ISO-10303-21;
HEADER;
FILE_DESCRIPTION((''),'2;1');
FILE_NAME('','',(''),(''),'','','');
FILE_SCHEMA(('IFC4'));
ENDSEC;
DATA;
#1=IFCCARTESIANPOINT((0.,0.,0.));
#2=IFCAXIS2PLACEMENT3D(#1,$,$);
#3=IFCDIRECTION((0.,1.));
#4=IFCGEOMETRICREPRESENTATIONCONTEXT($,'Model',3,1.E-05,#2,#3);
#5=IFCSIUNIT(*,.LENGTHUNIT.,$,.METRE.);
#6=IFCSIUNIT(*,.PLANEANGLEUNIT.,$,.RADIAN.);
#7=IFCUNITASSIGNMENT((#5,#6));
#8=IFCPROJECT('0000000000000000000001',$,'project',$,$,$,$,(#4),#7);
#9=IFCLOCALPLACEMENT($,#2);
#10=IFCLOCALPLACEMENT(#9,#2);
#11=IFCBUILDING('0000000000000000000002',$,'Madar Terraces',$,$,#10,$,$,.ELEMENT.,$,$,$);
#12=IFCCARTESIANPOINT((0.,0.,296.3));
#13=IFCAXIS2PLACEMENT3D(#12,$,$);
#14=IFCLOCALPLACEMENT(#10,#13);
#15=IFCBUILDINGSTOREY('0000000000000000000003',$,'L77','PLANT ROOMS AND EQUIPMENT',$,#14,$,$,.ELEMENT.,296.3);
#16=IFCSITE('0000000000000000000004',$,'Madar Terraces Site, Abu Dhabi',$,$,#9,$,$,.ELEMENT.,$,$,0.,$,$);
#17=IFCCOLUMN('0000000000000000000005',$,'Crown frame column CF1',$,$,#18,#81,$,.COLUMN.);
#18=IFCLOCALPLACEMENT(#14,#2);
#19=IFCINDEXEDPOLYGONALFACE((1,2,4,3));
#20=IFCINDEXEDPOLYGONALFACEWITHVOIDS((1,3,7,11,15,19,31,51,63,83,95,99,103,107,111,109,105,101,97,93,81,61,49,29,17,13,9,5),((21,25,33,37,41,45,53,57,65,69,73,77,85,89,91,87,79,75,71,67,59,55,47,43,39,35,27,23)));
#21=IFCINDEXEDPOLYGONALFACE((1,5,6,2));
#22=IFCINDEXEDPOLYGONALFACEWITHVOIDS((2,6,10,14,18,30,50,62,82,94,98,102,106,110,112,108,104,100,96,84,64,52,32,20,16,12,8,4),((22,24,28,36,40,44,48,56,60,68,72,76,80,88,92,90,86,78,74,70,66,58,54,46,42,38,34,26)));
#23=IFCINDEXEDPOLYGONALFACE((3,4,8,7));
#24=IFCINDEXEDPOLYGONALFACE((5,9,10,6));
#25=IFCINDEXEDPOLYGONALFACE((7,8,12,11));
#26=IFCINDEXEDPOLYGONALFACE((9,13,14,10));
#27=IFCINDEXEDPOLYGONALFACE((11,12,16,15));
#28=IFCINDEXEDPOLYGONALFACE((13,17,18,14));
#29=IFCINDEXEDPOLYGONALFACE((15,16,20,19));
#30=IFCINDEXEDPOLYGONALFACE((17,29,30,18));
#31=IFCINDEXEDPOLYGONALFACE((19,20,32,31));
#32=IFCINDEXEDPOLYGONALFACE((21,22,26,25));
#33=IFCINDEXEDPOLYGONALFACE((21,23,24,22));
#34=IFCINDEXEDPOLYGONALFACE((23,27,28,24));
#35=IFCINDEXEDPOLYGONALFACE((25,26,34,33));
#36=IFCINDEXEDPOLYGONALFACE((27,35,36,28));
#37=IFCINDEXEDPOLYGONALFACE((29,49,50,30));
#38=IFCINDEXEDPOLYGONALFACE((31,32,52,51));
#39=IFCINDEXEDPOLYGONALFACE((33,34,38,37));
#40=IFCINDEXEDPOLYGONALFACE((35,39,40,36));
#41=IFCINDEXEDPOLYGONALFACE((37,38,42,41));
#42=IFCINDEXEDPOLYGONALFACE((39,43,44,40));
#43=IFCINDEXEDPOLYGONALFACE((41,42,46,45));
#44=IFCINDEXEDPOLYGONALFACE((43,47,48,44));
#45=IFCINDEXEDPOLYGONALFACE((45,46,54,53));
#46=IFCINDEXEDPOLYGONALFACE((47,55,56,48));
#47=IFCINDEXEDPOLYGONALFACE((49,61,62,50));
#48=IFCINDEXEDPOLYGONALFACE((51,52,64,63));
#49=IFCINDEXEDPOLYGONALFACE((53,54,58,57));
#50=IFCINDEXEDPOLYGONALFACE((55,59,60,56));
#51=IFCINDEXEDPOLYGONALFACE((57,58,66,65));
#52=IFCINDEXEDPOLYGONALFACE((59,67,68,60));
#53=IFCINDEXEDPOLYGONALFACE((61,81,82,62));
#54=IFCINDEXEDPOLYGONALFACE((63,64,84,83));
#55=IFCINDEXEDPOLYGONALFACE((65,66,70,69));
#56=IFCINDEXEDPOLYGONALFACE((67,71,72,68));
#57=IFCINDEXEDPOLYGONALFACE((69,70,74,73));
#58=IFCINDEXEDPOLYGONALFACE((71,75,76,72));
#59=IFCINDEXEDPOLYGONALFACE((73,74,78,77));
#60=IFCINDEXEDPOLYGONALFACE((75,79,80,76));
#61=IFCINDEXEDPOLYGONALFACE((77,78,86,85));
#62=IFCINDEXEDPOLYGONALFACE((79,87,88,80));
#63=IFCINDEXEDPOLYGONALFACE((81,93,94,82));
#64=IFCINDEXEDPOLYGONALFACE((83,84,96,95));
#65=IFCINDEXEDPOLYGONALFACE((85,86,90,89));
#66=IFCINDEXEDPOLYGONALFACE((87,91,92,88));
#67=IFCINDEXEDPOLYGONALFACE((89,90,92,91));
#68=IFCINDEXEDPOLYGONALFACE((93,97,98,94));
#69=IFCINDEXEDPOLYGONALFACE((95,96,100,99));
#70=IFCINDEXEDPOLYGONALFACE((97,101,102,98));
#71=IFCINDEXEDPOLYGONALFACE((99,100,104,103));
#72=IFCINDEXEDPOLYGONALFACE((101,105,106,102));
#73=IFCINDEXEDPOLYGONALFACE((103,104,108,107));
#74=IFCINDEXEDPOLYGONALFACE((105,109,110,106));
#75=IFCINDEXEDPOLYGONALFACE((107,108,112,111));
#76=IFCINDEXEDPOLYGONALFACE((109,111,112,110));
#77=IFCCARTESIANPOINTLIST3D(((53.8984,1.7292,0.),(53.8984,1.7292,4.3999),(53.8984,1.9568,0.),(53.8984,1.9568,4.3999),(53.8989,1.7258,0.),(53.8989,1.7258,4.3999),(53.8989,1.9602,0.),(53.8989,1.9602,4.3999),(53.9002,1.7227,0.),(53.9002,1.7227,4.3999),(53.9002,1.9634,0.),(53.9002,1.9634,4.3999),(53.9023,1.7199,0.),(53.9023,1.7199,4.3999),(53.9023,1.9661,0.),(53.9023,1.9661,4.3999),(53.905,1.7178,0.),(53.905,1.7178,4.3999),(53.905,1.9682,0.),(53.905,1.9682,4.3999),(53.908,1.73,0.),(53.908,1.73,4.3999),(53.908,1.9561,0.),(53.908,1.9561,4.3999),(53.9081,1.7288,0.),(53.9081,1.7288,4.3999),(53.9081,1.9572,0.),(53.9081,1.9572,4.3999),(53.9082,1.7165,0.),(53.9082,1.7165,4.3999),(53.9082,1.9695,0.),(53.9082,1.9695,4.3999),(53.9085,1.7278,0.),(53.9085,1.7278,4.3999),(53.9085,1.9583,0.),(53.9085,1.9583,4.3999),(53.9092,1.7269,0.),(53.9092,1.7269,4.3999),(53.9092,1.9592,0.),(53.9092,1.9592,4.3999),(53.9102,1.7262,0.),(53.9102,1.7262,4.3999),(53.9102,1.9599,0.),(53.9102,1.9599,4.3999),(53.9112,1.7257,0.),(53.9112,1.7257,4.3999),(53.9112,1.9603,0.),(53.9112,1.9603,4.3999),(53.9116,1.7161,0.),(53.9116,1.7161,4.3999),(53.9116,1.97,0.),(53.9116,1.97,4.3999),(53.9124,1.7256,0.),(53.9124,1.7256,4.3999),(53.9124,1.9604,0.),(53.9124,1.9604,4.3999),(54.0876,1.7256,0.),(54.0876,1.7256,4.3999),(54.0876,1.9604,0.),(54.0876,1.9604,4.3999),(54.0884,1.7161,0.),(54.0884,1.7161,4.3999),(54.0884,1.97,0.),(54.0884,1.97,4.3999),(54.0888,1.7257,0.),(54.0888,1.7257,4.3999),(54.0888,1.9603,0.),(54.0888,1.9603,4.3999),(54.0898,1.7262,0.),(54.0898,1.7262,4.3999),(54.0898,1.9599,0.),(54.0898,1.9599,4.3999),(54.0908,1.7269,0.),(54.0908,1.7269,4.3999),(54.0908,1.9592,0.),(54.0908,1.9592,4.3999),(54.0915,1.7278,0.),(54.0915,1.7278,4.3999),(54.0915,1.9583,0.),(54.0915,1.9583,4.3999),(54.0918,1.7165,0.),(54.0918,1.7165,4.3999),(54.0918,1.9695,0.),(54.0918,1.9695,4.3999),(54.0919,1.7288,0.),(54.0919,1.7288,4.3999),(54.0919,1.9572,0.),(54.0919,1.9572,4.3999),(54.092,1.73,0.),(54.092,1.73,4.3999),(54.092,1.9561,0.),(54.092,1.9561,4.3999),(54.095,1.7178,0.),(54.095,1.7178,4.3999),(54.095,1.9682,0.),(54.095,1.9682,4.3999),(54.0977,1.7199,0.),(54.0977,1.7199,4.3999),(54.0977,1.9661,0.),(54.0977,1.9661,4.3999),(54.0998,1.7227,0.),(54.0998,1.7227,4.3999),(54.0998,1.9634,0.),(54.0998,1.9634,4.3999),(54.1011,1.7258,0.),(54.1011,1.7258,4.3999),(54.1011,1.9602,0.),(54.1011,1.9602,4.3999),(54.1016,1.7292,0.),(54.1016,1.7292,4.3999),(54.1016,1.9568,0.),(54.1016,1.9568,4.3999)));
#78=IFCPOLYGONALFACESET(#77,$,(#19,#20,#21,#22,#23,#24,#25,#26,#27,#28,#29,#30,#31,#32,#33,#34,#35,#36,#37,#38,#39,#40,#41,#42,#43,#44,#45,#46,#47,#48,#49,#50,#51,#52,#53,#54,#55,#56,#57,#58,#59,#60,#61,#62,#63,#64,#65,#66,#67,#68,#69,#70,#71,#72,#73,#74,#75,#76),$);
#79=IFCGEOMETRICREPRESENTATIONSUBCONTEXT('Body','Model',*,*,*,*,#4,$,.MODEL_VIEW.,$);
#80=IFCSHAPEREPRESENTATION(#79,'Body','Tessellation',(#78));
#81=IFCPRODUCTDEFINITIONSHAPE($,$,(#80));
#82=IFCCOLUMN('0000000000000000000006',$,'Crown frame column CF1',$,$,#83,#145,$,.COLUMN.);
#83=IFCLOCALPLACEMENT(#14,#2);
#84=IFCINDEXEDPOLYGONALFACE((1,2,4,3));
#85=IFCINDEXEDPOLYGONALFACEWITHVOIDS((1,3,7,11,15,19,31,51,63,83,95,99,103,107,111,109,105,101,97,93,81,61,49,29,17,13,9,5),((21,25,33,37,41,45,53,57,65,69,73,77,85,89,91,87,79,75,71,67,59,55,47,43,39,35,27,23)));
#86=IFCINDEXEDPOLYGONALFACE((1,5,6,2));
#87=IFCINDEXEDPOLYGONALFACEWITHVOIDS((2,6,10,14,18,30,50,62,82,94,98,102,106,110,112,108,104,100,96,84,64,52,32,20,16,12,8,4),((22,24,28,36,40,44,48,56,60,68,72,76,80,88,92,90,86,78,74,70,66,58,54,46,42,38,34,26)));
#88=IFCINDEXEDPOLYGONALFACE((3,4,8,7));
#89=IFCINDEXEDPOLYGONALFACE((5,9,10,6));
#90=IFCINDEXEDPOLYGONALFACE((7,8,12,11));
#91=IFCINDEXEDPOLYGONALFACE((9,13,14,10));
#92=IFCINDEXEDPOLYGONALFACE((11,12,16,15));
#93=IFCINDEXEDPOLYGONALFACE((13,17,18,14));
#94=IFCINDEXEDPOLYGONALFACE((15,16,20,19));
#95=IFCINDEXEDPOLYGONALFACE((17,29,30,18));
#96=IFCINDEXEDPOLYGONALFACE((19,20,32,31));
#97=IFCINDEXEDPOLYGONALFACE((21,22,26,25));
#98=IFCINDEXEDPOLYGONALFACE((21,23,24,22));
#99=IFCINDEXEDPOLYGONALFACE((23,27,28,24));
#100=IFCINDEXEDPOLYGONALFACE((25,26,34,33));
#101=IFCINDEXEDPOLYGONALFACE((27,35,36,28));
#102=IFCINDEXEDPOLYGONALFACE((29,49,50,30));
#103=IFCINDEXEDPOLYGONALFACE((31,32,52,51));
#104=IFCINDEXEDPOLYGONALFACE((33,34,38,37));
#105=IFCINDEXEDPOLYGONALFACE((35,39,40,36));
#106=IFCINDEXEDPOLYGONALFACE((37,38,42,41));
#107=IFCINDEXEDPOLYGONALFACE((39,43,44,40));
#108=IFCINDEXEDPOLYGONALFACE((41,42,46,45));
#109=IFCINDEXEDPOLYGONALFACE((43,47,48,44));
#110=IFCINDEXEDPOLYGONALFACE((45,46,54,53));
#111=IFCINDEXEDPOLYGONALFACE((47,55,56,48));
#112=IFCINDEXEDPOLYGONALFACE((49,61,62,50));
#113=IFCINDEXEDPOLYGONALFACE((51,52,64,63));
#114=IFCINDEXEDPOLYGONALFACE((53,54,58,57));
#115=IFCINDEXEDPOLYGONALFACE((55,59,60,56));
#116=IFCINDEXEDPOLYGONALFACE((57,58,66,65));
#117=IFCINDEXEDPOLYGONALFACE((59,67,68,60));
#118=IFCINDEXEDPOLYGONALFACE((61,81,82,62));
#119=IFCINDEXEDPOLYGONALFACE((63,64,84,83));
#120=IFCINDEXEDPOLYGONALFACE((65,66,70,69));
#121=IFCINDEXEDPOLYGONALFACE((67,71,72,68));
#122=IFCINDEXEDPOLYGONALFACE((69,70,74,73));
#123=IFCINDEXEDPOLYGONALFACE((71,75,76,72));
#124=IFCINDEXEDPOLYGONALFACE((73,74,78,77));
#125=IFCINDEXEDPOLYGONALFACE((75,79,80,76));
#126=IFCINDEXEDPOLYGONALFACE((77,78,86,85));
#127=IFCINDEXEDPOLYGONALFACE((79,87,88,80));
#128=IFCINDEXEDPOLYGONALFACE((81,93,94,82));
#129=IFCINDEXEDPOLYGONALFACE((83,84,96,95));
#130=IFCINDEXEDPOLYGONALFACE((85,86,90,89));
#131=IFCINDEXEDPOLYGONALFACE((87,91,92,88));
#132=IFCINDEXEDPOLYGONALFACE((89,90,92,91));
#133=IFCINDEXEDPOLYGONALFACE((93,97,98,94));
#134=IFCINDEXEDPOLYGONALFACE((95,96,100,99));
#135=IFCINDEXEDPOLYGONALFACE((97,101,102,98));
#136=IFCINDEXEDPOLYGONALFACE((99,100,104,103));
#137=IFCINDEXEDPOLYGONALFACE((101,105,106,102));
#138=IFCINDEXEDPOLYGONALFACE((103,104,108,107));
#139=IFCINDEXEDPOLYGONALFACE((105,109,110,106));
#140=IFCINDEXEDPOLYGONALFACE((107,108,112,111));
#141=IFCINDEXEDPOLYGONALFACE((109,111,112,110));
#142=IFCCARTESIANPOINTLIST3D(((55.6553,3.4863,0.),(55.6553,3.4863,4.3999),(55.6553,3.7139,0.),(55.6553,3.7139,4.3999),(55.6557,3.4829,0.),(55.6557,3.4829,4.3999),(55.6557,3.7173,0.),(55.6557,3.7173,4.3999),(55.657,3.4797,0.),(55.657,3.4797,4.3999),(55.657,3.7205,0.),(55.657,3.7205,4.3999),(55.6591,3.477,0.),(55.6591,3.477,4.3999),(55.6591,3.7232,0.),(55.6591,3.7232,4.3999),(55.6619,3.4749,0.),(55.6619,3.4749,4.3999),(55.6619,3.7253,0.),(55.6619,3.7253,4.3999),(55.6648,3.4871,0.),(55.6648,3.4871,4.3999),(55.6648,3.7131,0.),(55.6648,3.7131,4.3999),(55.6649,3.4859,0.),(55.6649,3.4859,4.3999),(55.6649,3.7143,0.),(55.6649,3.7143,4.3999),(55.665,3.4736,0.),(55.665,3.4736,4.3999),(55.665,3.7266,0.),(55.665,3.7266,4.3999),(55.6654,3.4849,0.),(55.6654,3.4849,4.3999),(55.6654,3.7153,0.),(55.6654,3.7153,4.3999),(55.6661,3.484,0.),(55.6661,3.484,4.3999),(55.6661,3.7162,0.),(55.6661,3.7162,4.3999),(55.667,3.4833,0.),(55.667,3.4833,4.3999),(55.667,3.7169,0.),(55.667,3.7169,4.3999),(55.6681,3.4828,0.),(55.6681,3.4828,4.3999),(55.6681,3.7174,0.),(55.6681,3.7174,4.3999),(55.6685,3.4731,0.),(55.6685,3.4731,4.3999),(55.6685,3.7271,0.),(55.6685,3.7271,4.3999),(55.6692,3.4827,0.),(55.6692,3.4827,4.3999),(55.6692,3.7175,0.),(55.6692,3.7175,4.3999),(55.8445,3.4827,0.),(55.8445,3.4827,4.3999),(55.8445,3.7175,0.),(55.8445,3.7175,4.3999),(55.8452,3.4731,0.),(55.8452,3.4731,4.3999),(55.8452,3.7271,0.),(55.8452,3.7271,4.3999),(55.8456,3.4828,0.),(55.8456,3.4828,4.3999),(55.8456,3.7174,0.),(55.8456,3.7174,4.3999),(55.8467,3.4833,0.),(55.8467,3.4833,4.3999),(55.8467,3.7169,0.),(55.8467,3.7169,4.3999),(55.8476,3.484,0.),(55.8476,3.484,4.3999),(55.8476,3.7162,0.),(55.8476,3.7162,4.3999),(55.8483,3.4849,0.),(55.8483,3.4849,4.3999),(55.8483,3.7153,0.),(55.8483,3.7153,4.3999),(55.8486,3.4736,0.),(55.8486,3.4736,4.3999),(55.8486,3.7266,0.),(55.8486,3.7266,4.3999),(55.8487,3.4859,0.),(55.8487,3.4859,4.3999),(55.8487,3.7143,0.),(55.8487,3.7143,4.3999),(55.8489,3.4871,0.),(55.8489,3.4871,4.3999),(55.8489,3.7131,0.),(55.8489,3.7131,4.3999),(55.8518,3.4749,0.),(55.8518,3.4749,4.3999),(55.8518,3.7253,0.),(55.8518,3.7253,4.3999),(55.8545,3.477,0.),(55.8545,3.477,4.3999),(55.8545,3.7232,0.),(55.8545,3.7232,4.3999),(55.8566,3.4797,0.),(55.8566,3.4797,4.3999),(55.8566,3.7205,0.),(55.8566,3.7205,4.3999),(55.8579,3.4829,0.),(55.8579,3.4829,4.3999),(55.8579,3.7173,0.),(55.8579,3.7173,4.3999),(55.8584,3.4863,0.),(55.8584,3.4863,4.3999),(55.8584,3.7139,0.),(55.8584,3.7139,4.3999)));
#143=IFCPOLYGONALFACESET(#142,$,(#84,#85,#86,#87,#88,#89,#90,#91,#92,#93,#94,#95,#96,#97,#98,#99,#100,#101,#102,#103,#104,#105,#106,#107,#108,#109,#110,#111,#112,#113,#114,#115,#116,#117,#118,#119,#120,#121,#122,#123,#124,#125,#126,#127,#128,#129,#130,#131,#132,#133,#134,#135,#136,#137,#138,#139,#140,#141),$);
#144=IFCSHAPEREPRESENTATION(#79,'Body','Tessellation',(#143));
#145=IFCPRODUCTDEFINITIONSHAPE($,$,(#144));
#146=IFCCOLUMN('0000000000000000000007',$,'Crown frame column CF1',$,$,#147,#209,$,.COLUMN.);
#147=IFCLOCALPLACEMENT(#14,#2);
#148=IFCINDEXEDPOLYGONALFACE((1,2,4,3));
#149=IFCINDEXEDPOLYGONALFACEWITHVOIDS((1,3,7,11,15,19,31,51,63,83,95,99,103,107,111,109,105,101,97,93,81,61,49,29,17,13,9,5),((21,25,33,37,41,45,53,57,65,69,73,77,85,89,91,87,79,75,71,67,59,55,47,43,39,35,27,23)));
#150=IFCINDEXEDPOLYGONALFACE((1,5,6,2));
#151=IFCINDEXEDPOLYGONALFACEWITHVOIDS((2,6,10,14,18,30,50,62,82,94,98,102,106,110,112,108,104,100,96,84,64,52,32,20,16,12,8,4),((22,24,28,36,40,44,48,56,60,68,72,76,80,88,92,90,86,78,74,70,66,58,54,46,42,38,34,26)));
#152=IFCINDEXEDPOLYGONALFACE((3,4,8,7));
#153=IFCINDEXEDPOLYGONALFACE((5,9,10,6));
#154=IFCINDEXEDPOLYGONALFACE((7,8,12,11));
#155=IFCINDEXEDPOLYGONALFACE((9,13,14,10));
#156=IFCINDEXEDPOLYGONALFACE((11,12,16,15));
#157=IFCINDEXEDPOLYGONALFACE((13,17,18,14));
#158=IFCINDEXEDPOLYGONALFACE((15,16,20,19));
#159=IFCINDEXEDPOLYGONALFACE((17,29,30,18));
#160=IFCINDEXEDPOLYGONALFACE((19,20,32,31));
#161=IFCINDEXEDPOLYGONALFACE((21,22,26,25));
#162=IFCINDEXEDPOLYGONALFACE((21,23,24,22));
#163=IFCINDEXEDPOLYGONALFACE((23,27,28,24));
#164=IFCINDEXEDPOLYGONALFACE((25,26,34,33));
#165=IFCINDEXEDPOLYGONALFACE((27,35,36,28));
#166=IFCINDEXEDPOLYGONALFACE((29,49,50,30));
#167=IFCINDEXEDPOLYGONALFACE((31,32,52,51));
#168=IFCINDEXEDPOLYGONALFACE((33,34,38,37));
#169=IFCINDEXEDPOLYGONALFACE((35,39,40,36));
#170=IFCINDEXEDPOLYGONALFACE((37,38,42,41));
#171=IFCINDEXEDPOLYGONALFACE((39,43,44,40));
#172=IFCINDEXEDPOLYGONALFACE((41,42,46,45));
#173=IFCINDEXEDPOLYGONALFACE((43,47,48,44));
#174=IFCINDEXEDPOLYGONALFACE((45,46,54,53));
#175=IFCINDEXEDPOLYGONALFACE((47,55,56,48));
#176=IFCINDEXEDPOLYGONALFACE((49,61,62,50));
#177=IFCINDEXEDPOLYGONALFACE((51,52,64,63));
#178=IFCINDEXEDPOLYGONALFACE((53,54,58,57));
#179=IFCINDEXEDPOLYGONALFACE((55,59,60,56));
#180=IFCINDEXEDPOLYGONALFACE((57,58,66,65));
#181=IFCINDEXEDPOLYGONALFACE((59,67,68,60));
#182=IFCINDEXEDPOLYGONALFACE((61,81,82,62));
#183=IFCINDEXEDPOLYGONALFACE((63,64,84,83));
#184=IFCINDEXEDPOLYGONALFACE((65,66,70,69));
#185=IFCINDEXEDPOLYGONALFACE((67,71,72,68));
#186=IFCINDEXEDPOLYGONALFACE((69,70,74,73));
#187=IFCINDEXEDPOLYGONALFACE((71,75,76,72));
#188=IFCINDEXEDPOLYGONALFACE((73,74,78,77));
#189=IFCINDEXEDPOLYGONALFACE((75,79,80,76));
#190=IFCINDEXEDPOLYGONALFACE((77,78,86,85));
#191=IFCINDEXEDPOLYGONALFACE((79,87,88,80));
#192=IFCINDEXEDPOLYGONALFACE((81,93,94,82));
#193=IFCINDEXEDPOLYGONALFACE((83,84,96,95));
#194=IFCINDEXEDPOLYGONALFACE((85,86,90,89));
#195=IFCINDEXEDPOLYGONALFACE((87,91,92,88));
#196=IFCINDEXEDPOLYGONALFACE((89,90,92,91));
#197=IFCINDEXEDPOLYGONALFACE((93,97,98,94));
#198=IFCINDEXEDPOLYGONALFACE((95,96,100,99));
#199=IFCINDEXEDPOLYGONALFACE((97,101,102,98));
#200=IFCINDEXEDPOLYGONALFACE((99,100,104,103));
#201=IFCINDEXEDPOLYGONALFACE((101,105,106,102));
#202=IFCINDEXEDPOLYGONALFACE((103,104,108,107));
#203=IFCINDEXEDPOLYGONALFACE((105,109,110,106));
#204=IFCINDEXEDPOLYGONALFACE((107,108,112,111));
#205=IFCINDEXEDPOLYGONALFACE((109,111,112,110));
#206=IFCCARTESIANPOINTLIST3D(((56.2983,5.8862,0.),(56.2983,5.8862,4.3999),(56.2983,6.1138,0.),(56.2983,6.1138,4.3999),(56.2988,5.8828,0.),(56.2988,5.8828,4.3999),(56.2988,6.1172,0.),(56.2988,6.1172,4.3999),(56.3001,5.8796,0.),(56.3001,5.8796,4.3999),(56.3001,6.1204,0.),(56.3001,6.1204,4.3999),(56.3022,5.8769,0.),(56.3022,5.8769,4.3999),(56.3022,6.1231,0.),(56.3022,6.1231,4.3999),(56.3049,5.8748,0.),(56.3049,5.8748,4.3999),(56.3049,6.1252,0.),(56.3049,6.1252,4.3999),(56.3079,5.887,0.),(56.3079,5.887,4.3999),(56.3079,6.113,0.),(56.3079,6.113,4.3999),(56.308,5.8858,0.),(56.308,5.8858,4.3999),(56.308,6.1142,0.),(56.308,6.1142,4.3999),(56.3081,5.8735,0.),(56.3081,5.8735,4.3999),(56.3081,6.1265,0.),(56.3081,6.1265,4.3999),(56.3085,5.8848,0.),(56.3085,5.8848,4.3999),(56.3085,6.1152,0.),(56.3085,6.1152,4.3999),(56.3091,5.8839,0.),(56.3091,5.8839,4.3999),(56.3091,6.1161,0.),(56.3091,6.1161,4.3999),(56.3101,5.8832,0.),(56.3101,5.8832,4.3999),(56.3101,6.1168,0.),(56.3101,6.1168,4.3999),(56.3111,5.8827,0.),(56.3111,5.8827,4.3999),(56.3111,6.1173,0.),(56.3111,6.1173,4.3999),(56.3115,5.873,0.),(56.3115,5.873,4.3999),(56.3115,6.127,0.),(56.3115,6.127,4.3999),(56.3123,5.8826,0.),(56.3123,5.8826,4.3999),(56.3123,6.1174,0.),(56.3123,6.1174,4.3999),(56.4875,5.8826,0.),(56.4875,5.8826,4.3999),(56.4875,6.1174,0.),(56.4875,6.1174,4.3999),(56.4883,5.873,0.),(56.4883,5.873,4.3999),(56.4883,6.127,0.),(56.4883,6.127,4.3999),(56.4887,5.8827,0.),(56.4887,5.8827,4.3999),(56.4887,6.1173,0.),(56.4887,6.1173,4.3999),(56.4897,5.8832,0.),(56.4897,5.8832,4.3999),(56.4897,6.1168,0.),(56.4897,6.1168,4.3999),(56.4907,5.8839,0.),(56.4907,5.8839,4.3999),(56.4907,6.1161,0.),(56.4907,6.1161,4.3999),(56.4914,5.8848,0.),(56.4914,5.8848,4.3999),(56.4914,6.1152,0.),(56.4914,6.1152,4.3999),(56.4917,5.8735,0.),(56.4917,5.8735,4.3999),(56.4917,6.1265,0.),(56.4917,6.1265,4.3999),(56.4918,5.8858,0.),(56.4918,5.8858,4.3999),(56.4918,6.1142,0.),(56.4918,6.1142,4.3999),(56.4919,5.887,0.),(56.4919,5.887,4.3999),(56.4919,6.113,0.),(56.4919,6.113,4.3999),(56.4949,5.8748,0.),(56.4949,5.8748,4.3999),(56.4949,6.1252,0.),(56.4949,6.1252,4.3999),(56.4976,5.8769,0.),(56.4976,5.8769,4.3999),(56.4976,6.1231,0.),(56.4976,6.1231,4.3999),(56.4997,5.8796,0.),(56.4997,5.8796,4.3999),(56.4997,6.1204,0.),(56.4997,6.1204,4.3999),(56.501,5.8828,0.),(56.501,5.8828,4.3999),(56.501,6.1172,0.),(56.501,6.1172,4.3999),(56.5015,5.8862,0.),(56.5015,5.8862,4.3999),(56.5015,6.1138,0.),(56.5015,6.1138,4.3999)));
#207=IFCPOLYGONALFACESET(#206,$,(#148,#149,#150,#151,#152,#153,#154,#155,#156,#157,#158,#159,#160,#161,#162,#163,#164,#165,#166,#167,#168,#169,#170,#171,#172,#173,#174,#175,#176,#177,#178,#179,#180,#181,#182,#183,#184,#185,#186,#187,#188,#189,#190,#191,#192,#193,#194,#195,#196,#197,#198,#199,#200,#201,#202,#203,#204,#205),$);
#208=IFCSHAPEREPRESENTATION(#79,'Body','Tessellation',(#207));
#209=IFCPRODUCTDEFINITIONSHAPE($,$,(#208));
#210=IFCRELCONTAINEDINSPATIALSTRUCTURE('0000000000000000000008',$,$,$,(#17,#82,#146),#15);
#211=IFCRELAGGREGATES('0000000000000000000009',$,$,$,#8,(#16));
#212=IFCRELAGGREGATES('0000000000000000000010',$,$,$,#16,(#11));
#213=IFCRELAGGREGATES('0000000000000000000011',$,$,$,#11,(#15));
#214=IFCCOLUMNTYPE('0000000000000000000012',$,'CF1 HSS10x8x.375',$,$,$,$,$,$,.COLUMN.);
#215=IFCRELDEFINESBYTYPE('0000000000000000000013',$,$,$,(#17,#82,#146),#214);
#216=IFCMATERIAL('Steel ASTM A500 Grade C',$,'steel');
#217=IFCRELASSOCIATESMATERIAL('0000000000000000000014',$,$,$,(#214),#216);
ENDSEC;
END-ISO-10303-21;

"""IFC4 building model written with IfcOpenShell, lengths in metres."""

from ifc_helpers import new_model, si_unit, direction, frame, origin, origin_2d, place, context, subcontext, project, spatial, hollow_rectangle, extrude, material, material_profile, profile_set, type_object, element, save


model = new_model("IFC4")

# Units and contexts
model_context = context("Model", 3, precision=1e-05, world=origin(), true_north=direction((0.0, 1.0)))
body_context = subcontext(model_context, "Body", "Model", "MODEL_VIEW")
ifc_project = project(units=[si_unit("LENGTHUNIT", "METRE"), si_unit("PLANEANGLEUNIT", "RADIAN")], contexts=[model_context])

# Site, building, storey
site_placement = place(None, origin())
site = spatial("IfcSite", under=ifc_project, at=site_placement, Name="Madar Terraces Site, Abu Dhabi", CompositionType="ELEMENT", RefElevation=0.0)
building_placement = place(site_placement, origin())
building = spatial("IfcBuilding", under=site, at=building_placement, Name="Madar Terraces", CompositionType="ELEMENT")
storey_placement = place(building_placement, frame((0.0, 0.0, 296.3)))
storey = spatial("IfcBuildingStorey", under=building, at=storey_placement, Name="L77", Description="PLANT ROOMS AND EQUIPMENT", CompositionType="ELEMENT", Elevation=296.3)

# Columns
ifc_material_1 = material(Name="Steel ASTM A500 Grade C", Category="steel")
ifc_material_profile_1 = material_profile(ifc_material_1, hollow_rectangle(XDim=0.2031, YDim=0.2539, WallThickness=0.0095, InnerFilletRadius=0.0044, OuterFilletRadius=0.0132, at=origin_2d()), Name="HSS10x8x.375")
ifc_profile_set_1 = profile_set([ifc_material_profile_1], Name="Steel ASTM A500 Grade C")
column_type = type_object("IfcColumnType", Name="CF1 HSS10x8x.375", PredefinedType="COLUMN", material=ifc_profile_set_1)
for number, where, z_axis, x_axis, name in (
    (1, (54.0, 1.843, 0.0), (0.0, 0.0, 1.0), (1.0, 0.0, 0.0), "Crown frame column CF1"),
    (2, (55.7568, 3.6001, 0.0), (0.0, 0.0, 1.0), (1.0, 0.0, 0.0), "Crown frame column CF1"),
    (3, (56.3999, 6.0, 0.0), (0.0, 0.0, 1.0), (1.0, 0.0, 0.0), "Crown frame column CF1"),
):
    element("IfcColumn", number, at=place(storey_placement, frame(where, z_axis=z_axis, x_axis=x_axis)), inside=storey, type_object=column_type, Name=name, PredefinedType="COLUMN", context=body_context, shape_type="SweptSolid", body=[
        extrude(hollow_rectangle(XDim=0.2031, YDim=0.2539, WallThickness=0.0095, InnerFilletRadius=0.0044, OuterFilletRadius=0.0132, at=origin_2d()), origin(), (0.0, 0.0, 1.0), 4.3999),
    ])

save(model, "model.ifc")
